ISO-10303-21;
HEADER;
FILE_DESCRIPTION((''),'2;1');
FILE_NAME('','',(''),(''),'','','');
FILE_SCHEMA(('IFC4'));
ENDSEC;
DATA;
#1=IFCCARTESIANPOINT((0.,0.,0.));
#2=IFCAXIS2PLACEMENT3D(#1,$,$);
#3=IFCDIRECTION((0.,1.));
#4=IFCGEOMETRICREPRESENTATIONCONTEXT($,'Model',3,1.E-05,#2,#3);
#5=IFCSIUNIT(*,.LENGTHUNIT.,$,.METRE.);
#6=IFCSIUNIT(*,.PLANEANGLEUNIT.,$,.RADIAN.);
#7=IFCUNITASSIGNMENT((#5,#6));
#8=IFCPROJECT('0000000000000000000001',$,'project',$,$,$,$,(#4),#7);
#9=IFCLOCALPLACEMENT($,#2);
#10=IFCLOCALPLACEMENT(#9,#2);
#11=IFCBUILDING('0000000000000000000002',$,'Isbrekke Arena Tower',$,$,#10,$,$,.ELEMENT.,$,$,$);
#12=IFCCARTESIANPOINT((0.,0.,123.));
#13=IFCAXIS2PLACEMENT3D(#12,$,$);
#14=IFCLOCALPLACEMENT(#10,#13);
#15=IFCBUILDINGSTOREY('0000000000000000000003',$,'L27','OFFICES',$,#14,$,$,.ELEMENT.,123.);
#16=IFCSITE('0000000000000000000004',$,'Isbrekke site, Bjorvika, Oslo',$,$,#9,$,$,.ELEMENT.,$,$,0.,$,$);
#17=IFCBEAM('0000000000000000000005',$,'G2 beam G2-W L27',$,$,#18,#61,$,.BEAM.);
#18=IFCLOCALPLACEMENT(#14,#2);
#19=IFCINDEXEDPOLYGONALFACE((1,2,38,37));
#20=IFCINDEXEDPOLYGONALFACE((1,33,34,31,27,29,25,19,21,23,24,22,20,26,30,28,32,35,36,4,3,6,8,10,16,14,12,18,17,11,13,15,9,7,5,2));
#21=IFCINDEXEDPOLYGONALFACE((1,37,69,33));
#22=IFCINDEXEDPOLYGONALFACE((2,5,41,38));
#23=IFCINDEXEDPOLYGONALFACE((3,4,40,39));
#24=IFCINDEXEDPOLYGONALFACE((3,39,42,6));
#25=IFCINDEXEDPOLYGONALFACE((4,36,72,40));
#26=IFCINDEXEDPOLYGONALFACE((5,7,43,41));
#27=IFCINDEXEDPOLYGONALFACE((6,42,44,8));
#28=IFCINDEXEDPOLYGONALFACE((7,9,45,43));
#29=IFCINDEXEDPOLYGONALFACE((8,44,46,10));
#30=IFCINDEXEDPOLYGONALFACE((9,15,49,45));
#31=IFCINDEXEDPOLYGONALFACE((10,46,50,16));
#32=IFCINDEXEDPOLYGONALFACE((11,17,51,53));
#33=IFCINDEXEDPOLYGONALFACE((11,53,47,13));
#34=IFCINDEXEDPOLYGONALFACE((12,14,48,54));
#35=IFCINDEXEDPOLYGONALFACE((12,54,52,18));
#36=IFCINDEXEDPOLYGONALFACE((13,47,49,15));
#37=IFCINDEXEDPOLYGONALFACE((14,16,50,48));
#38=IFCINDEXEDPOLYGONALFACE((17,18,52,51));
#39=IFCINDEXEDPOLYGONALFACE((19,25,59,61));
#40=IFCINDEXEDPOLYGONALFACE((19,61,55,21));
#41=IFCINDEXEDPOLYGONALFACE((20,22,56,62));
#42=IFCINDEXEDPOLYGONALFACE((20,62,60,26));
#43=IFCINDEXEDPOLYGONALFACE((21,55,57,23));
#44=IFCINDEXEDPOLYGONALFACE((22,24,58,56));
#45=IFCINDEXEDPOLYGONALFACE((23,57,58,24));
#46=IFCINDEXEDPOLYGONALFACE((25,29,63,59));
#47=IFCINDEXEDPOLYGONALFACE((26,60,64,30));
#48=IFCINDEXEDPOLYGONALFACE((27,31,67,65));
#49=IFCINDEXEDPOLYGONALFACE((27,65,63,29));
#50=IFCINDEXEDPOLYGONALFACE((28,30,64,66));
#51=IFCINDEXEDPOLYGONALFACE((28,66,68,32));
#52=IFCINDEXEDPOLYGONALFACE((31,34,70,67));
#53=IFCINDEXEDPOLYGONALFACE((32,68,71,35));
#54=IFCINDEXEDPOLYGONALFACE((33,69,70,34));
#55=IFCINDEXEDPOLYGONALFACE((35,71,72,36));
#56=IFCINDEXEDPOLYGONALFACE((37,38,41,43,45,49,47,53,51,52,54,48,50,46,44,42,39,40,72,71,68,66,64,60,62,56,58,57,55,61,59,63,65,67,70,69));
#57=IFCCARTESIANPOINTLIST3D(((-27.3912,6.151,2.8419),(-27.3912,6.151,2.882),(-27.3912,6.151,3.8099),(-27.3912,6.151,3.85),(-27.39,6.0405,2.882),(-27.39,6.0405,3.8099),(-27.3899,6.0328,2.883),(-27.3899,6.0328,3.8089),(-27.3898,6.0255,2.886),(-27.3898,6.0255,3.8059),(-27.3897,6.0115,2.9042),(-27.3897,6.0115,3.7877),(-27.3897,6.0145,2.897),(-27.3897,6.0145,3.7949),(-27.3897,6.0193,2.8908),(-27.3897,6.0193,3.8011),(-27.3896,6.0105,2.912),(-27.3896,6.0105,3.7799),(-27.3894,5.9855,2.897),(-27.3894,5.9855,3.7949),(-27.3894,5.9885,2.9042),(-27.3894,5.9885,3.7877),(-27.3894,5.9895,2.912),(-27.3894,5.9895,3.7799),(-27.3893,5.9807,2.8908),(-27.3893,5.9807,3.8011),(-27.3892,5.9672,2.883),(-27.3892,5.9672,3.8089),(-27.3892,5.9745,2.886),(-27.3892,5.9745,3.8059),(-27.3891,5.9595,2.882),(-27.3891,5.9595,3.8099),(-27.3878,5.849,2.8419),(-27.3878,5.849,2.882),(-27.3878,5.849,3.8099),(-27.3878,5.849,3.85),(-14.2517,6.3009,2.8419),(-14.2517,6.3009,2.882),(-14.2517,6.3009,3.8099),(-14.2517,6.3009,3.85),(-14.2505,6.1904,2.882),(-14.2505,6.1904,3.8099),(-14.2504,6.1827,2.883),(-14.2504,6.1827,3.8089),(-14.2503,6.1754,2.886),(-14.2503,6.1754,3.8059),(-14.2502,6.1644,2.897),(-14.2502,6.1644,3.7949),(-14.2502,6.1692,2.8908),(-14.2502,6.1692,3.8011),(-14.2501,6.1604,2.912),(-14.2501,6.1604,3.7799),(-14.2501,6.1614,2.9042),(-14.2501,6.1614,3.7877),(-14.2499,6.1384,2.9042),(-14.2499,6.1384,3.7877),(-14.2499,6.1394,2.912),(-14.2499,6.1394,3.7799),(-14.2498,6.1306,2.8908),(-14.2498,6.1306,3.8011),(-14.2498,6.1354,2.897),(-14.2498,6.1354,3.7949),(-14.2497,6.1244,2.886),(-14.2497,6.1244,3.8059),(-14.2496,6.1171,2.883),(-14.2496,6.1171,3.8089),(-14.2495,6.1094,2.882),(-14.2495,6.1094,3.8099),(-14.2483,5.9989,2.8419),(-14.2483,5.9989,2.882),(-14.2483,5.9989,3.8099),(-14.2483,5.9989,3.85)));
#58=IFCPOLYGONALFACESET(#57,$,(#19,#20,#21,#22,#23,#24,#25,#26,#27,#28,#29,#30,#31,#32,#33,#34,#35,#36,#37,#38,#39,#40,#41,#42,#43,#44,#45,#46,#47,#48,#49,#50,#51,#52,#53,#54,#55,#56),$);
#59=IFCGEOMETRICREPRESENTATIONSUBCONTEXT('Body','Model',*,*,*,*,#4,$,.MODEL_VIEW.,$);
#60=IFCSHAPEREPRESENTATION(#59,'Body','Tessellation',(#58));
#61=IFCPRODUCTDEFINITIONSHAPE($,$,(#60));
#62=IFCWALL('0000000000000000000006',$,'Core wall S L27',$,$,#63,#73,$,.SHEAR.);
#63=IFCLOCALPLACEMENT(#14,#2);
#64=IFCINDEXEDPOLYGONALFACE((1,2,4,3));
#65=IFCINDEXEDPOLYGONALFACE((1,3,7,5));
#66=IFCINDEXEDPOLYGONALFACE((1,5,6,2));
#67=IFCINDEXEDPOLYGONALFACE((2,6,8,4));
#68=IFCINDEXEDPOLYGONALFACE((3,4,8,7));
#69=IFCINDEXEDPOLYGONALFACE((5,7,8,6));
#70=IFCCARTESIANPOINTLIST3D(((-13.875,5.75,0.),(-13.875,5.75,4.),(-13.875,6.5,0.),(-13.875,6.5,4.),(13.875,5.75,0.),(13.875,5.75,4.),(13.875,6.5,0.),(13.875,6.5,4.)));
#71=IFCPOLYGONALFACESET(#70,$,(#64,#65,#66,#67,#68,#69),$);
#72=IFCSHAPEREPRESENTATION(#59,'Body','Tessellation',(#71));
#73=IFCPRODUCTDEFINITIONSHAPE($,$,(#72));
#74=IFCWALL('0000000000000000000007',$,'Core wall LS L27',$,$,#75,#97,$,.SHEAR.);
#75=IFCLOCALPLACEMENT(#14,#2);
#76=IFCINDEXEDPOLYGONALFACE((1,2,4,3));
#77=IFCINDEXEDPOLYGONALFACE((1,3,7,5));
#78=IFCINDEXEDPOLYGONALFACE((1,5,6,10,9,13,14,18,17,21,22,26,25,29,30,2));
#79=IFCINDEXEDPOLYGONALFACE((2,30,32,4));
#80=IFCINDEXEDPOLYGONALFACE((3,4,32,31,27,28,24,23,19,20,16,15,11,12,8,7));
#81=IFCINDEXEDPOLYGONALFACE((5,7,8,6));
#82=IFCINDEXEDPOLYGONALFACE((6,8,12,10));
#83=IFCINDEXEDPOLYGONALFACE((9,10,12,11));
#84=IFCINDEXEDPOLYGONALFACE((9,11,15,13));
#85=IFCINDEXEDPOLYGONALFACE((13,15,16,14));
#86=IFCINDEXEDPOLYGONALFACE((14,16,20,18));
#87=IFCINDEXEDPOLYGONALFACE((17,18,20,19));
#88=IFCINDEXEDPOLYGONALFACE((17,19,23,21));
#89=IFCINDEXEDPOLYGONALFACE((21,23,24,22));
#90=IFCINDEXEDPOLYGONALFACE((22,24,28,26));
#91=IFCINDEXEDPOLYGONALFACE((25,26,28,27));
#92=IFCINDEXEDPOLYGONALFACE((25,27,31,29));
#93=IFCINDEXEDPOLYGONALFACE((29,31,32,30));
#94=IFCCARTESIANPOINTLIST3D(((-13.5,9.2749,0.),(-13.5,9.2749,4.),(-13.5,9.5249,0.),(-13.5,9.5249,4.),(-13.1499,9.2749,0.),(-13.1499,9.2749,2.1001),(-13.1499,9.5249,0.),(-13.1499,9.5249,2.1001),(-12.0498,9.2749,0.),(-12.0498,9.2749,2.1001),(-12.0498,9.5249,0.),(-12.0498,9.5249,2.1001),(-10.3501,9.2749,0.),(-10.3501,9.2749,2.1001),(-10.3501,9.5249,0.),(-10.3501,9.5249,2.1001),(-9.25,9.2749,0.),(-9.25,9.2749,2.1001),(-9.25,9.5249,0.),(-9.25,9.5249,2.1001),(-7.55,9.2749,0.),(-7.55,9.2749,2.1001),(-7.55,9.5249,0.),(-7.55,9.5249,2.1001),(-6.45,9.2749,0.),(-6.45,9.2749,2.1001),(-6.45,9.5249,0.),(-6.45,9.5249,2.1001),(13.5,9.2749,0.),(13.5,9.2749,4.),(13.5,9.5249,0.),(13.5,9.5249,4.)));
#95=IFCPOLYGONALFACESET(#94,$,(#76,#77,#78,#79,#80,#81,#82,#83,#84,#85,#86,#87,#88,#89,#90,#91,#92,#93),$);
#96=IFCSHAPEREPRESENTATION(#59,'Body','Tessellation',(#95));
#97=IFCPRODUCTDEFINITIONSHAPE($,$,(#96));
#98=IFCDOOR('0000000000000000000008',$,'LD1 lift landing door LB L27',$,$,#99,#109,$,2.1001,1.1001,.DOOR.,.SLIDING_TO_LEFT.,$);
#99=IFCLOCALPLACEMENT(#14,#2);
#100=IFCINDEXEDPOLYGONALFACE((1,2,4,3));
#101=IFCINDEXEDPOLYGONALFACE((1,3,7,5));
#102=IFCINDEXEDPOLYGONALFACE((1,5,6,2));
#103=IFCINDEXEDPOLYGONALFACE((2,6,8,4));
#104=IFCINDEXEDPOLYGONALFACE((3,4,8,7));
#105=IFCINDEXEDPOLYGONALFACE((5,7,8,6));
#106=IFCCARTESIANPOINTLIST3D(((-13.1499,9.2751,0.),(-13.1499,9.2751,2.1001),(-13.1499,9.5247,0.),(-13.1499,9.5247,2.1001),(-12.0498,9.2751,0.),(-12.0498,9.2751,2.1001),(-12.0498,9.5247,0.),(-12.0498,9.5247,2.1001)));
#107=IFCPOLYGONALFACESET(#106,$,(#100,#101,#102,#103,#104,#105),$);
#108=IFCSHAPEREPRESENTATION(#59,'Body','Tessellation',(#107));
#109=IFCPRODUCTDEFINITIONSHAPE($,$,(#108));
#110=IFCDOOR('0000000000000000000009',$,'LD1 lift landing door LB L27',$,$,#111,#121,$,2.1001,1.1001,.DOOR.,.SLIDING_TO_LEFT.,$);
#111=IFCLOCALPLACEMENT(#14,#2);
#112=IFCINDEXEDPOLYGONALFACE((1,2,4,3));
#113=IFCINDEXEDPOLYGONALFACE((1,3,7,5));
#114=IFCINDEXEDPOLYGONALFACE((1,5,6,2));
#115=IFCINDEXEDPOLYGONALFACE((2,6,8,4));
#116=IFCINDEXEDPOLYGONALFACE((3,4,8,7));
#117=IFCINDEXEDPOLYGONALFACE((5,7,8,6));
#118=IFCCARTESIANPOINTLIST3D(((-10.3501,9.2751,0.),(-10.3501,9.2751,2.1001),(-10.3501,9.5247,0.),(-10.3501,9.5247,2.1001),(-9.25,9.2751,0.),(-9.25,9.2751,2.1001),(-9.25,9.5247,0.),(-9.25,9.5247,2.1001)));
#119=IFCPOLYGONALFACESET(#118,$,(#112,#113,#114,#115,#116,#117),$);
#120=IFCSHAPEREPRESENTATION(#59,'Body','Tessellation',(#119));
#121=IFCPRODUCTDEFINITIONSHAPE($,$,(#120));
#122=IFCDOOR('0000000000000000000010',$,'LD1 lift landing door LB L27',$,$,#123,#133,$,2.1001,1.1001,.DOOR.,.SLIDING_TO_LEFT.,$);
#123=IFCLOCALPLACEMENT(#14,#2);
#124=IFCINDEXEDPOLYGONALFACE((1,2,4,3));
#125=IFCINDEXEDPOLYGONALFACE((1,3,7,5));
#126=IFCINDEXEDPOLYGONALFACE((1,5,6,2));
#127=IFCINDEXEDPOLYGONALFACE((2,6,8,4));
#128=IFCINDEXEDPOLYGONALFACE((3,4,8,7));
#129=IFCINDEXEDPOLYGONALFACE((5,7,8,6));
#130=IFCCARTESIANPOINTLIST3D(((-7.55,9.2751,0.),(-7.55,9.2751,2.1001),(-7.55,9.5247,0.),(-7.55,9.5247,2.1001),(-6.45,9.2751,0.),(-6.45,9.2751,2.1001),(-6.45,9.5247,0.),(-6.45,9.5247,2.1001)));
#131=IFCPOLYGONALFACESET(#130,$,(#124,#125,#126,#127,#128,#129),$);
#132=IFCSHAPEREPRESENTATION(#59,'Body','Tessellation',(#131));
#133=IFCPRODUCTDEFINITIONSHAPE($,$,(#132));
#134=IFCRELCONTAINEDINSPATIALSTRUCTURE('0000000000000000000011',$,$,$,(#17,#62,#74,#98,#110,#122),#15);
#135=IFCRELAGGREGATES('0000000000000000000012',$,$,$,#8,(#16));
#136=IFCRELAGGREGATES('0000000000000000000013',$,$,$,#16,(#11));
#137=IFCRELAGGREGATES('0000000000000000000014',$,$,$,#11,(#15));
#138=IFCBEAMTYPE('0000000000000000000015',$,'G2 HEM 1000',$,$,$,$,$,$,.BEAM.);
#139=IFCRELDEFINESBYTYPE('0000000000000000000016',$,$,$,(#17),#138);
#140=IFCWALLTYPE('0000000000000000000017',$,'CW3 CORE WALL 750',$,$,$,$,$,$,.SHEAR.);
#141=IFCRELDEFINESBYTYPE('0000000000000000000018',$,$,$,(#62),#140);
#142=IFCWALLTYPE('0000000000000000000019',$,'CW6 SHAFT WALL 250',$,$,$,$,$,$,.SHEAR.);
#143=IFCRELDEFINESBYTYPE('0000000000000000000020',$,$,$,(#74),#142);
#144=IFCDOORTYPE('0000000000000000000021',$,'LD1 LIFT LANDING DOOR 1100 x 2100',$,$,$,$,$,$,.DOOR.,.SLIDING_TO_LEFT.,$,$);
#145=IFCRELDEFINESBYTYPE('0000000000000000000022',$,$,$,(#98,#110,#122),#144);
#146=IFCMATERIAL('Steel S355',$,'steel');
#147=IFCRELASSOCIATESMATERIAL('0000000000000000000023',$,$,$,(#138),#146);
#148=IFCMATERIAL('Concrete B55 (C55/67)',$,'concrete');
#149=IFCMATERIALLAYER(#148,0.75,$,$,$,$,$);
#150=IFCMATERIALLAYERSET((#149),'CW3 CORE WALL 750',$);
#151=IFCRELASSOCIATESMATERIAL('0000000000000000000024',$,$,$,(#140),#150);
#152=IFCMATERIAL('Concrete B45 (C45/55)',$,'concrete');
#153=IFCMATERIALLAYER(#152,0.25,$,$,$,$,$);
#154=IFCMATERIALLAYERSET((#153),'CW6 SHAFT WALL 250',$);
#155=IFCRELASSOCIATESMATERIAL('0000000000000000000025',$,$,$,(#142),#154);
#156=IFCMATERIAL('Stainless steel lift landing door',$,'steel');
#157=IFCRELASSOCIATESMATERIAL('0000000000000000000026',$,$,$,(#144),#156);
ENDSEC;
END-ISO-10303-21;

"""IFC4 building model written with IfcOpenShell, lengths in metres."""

from ifc_helpers import new_model, si_unit, direction, frame, frame_2d, origin, origin_2d, place, context, subcontext, project, spatial, rectangle, i_section, extrude, material, layer, layer_set, material_profile, profile_set, type_object, element, fill, save


model = new_model("IFC4")

# Units and contexts
model_context = context("Model", 3, precision=1e-05, world=origin(), true_north=direction((0.0, 1.0)))
body_context = subcontext(model_context, "Body", "Model", "MODEL_VIEW")
ifc_project = project(units=[si_unit("LENGTHUNIT", "METRE"), si_unit("PLANEANGLEUNIT", "RADIAN")], contexts=[model_context])

# Site, building, storey
site_placement = place(None, origin())
site = spatial("IfcSite", under=ifc_project, at=site_placement, Name="Isbrekke site, Bjorvika, Oslo", CompositionType="ELEMENT", RefElevation=0.0)
building_placement = place(site_placement, origin())
building = spatial("IfcBuilding", under=site, at=building_placement, Name="Isbrekke Arena Tower", CompositionType="ELEMENT")
storey_placement = place(building_placement, frame((0.0, 0.0, 123.0)))
storey = spatial("IfcBuildingStorey", under=building, at=storey_placement, Name="L27", Description="OFFICES", CompositionType="ELEMENT", Elevation=123.0)

# Beam
ifc_material_1 = material(Name="Steel S355", Category="steel")
ifc_material_profile = material_profile(ifc_material_1, i_section(OverallWidth=0.302, OverallDepth=1.0081, WebThickness=0.021, FlangeThickness=0.04, FilletRadius=0.03, at=origin_2d()), Name="HEM 1000")
ifc_profile_set = profile_set([ifc_material_profile], Name="Steel S355")
beam_type = type_object("IfcBeamType", Name="G2 HEM 1000", PredefinedType="BEAM", material=ifc_profile_set)
beam_placement = place(storey_placement, frame((-14.25, 6.1499, 3.3459), z_axis=(-0.999935, -0.011408, 0.0), x_axis=(0.011408, -0.999935, 0.0)))
element("IfcBeam", 1, at=beam_placement, inside=storey, type_object=beam_type, Name="G2 beam G2-W L27", PredefinedType="BEAM", context=body_context, shape_type="SweptSolid", body=[
    extrude(i_section(OverallWidth=0.302, OverallDepth=1.0081, WebThickness=0.021, FlangeThickness=0.04, FilletRadius=0.03, at=origin_2d()), origin(), (0.0, 0.0, 1.0), 13.1404),
])

# Wall
ifc_material_2 = material(Name="Concrete B55 (C55/67)", Category="concrete")
ifc_layer_1 = layer(ifc_material_2, 0.75)
ifc_layer_set_1 = layer_set([ifc_layer_1], Name="CW3 CORE WALL 750")
wall_type_1 = type_object("IfcWallType", Name="CW3 CORE WALL 750", PredefinedType="SHEAR", material=ifc_layer_set_1)
wall_1_placement = place(storey_placement, frame((-13.875, 6.125, 0.0), z_axis=(0.0, 0.0, 1.0), x_axis=(1.0, 0.0, 0.0)))
element("IfcWall", 2, at=wall_1_placement, inside=storey, type_object=wall_type_1, Name="Core wall S L27", PredefinedType="SHEAR", context=body_context, shape_type="SweptSolid", body=[
    extrude(rectangle(XDim=27.75, YDim=0.75, at=frame_2d((13.875, 0.0))), origin(), (0.0, 0.0, 1.0), 4.0),
])

# Wall, openings, doors
ifc_material_3 = material(Name="Concrete B45 (C45/55)", Category="concrete")
ifc_layer_2 = layer(ifc_material_3, 0.25)
ifc_layer_set_2 = layer_set([ifc_layer_2], Name="CW6 SHAFT WALL 250")
wall_type_2 = type_object("IfcWallType", Name="CW6 SHAFT WALL 250", PredefinedType="SHEAR", material=ifc_layer_set_2)
wall_2_placement = place(storey_placement, frame((-13.5, 9.3999, 0.0), z_axis=(0.0, 0.0, 1.0), x_axis=(1.0, 0.0, 0.0)))
wall_2 = element("IfcWall", 3, at=wall_2_placement, inside=storey, type_object=wall_type_2, Name="Core wall LS L27", PredefinedType="SHEAR", context=body_context, shape_type="SweptSolid", body=[
    extrude(rectangle(XDim=27.0, YDim=0.25, at=frame_2d((13.5, 0.0))), origin(), (0.0, 0.0, 1.0), 4.0),
])
opening_1_placement = place(wall_2_placement, frame((0.3501, 0.0, 0.0)))
opening_1 = element("IfcOpeningElement", 4, at=opening_1_placement, cuts=wall_2, PredefinedType="OPENING", context=body_context, shape_type="SweptSolid", body=[
    extrude(rectangle(XDim=1.1001, YDim=2.1001, at=frame_2d((0.55, 1.05))), frame((0.0, 0.1399, 0.0), z_axis=(0.0, -1.0, 0.0), x_axis=(1.0, 0.0, 0.0)), (0.0, 0.0, 1.0), 0.2798),
])
opening_2_placement = place(wall_2_placement, frame((3.1499, 0.0, 0.0)))
opening_2 = element("IfcOpeningElement", 5, at=opening_2_placement, cuts=wall_2, PredefinedType="OPENING", context=body_context, shape_type="SweptSolid", body=[
    extrude(rectangle(XDim=1.1001, YDim=2.1001, at=frame_2d((0.55, 1.05))), frame((0.0, 0.1399, 0.0), z_axis=(0.0, -1.0, 0.0), x_axis=(1.0, 0.0, 0.0)), (0.0, 0.0, 1.0), 0.2798),
])
opening_3_placement = place(wall_2_placement, frame((5.95, 0.0, 0.0)))
opening_3 = element("IfcOpeningElement", 6, at=opening_3_placement, cuts=wall_2, PredefinedType="OPENING", context=body_context, shape_type="SweptSolid", body=[
    extrude(rectangle(XDim=1.1001, YDim=2.1001, at=frame_2d((0.55, 1.05))), frame((0.0, 0.1399, 0.0), z_axis=(0.0, -1.0, 0.0), x_axis=(1.0, 0.0, 0.0)), (0.0, 0.0, 1.0), 0.2798),
])
ifc_material_4 = material(Name="Stainless steel lift landing door", Category="steel")
door_type_1 = type_object("IfcDoorType", Name="LD1 LIFT LANDING DOOR 1100 x 2100", OperationType="SLIDING_TO_LEFT", PredefinedType="DOOR", material=ifc_material_4)
door_1_placement = place(opening_1_placement, origin())
door_1 = element("IfcDoor", 7, at=door_1_placement, inside=storey, type_object=door_type_1, Name="LD1 lift landing door LB L27", OperationType="SLIDING_TO_LEFT", OverallHeight=2.1001, OverallWidth=1.1001, PredefinedType="DOOR", context=body_context, shape_type="SweptSolid", body=[
    extrude(rectangle(XDim=1.1001, YDim=2.1001, at=frame_2d((0.55, 1.05))), frame((0.0, 0.1248, 0.0), z_axis=(0.0, -1.0, 0.0), x_axis=(1.0, 0.0, 0.0)), (0.0, 0.0, 1.0), 0.2495),
])
fill(opening_1, door_1)
door_2_placement = place(opening_2_placement, origin())
door_2 = element("IfcDoor", 8, at=door_2_placement, inside=storey, type_object=door_type_1, Name="LD1 lift landing door LB L27", OperationType="SLIDING_TO_LEFT", OverallHeight=2.1001, OverallWidth=1.1001, PredefinedType="DOOR", context=body_context, shape_type="SweptSolid", body=[
    extrude(rectangle(XDim=1.1001, YDim=2.1001, at=frame_2d((0.55, 1.05))), frame((0.0, 0.1248, 0.0), z_axis=(0.0, -1.0, 0.0), x_axis=(1.0, 0.0, 0.0)), (0.0, 0.0, 1.0), 0.2495),
])
fill(opening_2, door_2)
door_3_placement = place(opening_3_placement, origin())
door_3 = element("IfcDoor", 9, at=door_3_placement, inside=storey, type_object=door_type_1, Name="LD1 lift landing door LB L27", OperationType="SLIDING_TO_LEFT", OverallHeight=2.1001, OverallWidth=1.1001, PredefinedType="DOOR", context=body_context, shape_type="SweptSolid", body=[
    extrude(rectangle(XDim=1.1001, YDim=2.1001, at=frame_2d((0.55, 1.05))), frame((0.0, 0.1248, 0.0), z_axis=(0.0, -1.0, 0.0), x_axis=(1.0, 0.0, 0.0)), (0.0, 0.0, 1.0), 0.2495),
])
fill(opening_3, door_3)

save(model, "model.ifc")
